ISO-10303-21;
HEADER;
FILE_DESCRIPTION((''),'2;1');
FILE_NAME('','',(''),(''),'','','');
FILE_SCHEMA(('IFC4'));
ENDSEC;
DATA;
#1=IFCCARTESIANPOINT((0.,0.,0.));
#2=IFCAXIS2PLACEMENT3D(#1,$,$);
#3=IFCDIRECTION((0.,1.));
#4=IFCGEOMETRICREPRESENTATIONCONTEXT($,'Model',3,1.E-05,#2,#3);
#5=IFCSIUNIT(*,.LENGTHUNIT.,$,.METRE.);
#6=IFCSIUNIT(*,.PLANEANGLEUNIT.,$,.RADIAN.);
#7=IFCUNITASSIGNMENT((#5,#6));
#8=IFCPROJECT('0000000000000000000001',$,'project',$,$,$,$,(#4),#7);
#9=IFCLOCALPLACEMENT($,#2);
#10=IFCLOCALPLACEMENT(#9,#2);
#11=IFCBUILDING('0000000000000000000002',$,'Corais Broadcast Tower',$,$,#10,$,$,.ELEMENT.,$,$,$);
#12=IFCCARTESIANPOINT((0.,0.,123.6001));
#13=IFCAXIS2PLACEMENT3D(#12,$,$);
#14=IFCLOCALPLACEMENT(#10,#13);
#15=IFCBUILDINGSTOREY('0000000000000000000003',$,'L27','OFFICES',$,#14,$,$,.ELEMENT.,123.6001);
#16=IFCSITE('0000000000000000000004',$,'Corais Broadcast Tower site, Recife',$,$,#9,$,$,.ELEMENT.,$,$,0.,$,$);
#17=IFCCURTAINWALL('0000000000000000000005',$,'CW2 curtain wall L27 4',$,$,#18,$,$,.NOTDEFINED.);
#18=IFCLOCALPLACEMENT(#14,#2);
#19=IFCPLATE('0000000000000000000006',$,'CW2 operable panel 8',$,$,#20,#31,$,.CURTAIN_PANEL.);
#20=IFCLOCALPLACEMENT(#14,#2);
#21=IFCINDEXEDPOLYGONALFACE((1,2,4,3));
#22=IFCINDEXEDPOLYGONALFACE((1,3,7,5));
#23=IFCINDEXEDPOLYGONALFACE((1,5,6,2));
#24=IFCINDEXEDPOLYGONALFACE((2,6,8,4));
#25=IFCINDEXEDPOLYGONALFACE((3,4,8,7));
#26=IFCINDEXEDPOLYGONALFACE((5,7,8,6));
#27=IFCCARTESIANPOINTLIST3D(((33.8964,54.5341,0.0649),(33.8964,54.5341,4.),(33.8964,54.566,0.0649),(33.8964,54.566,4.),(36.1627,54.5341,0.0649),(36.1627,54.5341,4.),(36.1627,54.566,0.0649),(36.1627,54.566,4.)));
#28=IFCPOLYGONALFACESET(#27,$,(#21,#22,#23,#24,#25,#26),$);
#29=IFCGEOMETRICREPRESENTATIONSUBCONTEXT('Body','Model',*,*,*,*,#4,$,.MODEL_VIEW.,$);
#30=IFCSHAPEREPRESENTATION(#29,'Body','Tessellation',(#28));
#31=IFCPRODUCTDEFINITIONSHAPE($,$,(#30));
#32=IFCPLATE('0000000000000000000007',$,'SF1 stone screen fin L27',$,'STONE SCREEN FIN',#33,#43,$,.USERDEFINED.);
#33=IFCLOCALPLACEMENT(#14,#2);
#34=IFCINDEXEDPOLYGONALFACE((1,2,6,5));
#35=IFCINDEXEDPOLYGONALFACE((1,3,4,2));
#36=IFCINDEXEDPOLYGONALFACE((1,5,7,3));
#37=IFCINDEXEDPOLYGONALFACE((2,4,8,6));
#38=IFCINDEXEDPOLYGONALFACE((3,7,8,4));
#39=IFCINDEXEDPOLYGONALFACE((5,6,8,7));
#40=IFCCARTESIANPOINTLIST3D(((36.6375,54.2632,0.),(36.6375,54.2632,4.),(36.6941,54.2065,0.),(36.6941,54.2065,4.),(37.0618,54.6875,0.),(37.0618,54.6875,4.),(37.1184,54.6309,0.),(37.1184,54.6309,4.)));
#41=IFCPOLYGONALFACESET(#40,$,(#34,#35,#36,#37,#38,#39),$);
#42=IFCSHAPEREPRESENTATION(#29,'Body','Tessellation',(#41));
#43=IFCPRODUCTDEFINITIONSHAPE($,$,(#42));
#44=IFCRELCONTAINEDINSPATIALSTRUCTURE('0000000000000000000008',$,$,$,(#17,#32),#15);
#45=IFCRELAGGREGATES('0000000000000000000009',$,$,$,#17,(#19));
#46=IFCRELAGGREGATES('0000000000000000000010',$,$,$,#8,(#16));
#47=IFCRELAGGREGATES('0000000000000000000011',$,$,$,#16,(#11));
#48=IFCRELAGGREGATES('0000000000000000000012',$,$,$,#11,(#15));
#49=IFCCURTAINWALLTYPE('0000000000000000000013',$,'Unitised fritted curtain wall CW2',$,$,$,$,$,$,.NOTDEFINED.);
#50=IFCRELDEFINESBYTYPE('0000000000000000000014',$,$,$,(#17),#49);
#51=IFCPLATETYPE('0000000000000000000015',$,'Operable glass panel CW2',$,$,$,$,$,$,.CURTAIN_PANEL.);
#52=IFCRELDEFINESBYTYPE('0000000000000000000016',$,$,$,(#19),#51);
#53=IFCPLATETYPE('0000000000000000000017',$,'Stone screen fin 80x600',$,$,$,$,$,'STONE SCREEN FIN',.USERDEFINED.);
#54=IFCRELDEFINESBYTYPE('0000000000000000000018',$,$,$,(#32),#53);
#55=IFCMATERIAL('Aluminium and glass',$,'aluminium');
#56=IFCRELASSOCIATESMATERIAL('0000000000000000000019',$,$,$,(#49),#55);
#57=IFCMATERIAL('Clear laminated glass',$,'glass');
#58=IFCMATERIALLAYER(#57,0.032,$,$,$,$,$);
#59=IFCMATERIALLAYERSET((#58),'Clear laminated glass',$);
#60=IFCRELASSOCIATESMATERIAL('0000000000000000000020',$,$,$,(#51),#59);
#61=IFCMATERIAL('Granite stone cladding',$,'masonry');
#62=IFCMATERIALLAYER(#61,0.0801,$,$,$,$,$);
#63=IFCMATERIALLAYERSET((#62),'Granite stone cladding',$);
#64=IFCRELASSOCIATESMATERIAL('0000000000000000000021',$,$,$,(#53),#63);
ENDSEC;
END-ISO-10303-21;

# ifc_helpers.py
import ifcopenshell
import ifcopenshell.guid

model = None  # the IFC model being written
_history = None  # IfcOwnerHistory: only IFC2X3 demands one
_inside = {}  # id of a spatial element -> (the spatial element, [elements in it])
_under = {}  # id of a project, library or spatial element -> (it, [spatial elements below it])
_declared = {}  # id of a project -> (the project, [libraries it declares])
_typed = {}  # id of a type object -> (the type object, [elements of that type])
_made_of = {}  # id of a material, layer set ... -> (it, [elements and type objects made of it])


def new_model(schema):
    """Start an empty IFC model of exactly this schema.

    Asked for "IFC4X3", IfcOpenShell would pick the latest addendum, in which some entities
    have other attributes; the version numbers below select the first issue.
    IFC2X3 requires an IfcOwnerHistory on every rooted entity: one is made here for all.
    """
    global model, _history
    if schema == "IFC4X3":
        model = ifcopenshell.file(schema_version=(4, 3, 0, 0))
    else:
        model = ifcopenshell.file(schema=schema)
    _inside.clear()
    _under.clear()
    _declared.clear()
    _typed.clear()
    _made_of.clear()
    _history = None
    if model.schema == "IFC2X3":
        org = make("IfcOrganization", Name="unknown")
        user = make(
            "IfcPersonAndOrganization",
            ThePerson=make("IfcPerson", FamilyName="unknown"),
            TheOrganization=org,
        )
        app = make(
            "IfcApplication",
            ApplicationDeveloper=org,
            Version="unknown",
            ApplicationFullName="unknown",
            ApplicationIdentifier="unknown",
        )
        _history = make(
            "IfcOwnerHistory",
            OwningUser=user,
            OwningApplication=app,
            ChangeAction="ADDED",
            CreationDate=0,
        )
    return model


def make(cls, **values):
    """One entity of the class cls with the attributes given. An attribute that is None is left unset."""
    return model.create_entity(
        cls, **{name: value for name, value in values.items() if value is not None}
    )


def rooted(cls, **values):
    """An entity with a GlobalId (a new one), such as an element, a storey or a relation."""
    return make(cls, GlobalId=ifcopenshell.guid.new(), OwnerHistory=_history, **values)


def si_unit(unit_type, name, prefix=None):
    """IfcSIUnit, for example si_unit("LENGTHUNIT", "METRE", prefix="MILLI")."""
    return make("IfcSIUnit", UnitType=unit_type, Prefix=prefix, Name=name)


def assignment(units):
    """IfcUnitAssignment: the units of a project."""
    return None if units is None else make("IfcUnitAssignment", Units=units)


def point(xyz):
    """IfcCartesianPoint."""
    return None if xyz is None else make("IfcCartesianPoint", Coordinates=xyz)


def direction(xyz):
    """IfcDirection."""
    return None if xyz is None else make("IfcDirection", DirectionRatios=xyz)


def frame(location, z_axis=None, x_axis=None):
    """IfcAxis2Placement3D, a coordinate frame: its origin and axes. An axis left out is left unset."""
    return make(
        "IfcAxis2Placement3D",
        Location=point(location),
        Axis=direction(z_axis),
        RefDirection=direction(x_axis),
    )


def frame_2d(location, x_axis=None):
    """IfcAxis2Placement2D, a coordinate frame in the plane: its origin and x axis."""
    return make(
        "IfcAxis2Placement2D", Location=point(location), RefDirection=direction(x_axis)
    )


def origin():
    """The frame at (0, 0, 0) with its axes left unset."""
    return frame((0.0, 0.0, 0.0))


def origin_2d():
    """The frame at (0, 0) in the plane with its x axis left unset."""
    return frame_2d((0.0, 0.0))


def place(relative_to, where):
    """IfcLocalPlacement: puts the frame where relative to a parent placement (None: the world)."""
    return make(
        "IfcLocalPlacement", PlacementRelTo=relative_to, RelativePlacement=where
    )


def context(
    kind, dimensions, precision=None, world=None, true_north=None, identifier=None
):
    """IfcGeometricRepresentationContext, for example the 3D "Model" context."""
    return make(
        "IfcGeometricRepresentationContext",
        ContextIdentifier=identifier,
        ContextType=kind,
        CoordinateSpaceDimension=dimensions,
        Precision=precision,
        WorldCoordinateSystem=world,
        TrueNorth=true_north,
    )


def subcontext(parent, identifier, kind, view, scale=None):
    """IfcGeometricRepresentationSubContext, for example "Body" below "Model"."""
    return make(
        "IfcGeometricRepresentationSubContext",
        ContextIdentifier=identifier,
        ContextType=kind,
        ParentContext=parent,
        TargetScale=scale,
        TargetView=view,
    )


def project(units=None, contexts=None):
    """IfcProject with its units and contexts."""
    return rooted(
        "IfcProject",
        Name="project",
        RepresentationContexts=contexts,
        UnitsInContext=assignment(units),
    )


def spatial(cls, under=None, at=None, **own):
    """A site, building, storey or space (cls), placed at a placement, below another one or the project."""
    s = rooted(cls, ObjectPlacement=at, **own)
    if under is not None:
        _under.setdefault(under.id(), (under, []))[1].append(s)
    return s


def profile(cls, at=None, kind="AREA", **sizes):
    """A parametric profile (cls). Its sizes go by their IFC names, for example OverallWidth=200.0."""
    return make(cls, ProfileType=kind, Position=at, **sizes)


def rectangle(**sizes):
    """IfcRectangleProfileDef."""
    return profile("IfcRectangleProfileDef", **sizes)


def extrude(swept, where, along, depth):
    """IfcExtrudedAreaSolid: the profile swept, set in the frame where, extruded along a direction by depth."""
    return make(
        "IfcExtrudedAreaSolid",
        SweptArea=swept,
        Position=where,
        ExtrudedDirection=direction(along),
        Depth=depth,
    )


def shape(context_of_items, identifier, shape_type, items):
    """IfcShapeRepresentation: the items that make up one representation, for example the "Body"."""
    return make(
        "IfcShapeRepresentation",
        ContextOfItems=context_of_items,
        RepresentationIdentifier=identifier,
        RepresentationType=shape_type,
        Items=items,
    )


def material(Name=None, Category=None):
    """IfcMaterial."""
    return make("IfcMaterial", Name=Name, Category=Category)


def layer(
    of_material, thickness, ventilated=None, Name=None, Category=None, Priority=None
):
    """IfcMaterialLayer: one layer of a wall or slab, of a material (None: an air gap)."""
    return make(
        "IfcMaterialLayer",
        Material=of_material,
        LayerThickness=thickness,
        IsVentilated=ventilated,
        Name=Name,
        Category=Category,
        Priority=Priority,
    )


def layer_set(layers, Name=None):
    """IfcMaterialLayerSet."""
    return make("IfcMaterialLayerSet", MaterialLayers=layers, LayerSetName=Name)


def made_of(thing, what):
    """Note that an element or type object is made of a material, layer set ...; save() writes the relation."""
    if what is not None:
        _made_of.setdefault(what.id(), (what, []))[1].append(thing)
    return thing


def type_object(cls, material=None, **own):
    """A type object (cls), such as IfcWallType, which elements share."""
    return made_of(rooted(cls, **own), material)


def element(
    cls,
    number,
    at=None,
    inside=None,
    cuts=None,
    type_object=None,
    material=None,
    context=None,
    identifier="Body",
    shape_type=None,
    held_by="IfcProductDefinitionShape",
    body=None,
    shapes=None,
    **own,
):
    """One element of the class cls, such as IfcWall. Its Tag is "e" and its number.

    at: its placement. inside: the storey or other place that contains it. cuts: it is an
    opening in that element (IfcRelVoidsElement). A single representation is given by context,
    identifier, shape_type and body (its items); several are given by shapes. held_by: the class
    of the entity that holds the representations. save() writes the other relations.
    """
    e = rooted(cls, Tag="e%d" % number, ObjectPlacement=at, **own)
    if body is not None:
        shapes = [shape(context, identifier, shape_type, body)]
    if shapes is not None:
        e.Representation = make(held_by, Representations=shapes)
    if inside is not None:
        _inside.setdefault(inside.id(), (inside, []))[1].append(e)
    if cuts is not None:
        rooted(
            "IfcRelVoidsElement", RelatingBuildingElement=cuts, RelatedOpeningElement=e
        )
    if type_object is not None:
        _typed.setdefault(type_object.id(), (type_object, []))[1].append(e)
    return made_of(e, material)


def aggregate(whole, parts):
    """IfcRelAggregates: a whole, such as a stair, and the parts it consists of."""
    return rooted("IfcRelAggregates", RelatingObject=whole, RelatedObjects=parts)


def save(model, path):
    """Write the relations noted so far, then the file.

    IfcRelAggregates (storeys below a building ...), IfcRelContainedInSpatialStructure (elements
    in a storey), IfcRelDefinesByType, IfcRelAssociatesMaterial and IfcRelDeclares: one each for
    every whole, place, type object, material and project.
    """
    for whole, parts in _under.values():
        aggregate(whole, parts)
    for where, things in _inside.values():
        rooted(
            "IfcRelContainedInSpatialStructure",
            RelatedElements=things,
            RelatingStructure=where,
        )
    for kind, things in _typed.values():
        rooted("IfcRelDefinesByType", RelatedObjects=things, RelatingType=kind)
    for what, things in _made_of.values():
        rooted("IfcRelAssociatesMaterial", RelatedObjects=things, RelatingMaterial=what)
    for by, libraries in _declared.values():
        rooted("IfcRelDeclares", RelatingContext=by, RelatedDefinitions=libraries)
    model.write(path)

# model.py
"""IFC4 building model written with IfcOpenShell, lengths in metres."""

from ifc_helpers import new_model, si_unit, direction, frame, origin, origin_2d, place, context, subcontext, project, spatial, rectangle, extrude, material, layer, layer_set, type_object, element, aggregate, save


model = new_model("IFC4")

# Units and contexts
model_context = context("Model", 3, precision=1e-05, world=origin(), true_north=direction((0.0, 1.0)))
body_context = subcontext(model_context, "Body", "Model", "MODEL_VIEW")
ifc_project = project(units=[si_unit("LENGTHUNIT", "METRE"), si_unit("PLANEANGLEUNIT", "RADIAN")], contexts=[model_context])

# Site, building, storey
site_placement = place(None, origin())
site = spatial("IfcSite", under=ifc_project, at=site_placement, Name="Corais Broadcast Tower site, Recife", CompositionType="ELEMENT", RefElevation=0.0)
building_placement = place(site_placement, origin())
building = spatial("IfcBuilding", under=site, at=building_placement, Name="Corais Broadcast Tower", CompositionType="ELEMENT")
storey_placement = place(building_placement, frame((0.0, 0.0, 123.6001)))
storey = spatial("IfcBuildingStorey", under=building, at=storey_placement, Name="L27", Description="OFFICES", CompositionType="ELEMENT", Elevation=123.6001)

# Curtain wall
ifc_material_1 = material(Name="Aluminium and glass", Category="aluminium")
curtain_wall_type = type_object("IfcCurtainWallType", Name="Unitised fritted curtain wall CW2", PredefinedType="NOTDEFINED", material=ifc_material_1)
curtain_wall_1_placement = place(storey_placement, origin())
curtain_wall_1 = element("IfcCurtainWall", 1, at=curtain_wall_1_placement, inside=storey, type_object=curtain_wall_type, Name="CW2 curtain wall L27 4", PredefinedType="NOTDEFINED")

# Plates
ifc_material_2 = material(Name="Clear laminated glass", Category="glass")
ifc_layer_1 = layer(ifc_material_2, 0.032)
ifc_layer_set_1 = layer_set([ifc_layer_1], Name="Clear laminated glass")
plate_type_1 = type_object("IfcPlateType", Name="Operable glass panel CW2", PredefinedType="CURTAIN_PANEL", material=ifc_layer_set_1)
plate_1_placement = place(storey_placement, frame((35.0295, 54.55, 0.0649), z_axis=(0.0, 0.0, 1.0), x_axis=(1.0, 0.0, 0.0)))
plate_1 = element("IfcPlate", 2, at=plate_1_placement, type_object=plate_type_1, Name="CW2 operable panel 8", PredefinedType="CURTAIN_PANEL", context=body_context, shape_type="SweptSolid", body=[
    extrude(rectangle(XDim=2.2664, YDim=0.032, at=origin_2d()), origin(), (0.0, 0.0, 1.0), 3.9351),
])
aggregate(curtain_wall_1, [plate_1])
ifc_material_3 = material(Name="Granite stone cladding", Category="masonry")
ifc_layer_2 = layer(ifc_material_3, 0.0801)
ifc_layer_set_2 = layer_set([ifc_layer_2], Name="Granite stone cladding")
plate_type_2 = type_object("IfcPlateType", Name="Stone screen fin 80x600", ElementType="STONE SCREEN FIN", PredefinedType="USERDEFINED", material=ifc_layer_set_2)
plate_2_placement = place(storey_placement, frame((36.8779, 54.447, 0.0), z_axis=(0.0, 0.0, 1.0), x_axis=(0.707107, -0.707107, 0.0)))
element("IfcPlate", 3, at=plate_2_placement, inside=storey, type_object=plate_type_2, Name="SF1 stone screen fin L27", ObjectType="STONE SCREEN FIN", PredefinedType="USERDEFINED", context=body_context, shape_type="SweptSolid", body=[
    extrude(rectangle(XDim=0.0801, YDim=0.6001, at=origin_2d()), origin(), (0.0, 0.0, 1.0), 4.0),
])

save(model, "model.ifc")
